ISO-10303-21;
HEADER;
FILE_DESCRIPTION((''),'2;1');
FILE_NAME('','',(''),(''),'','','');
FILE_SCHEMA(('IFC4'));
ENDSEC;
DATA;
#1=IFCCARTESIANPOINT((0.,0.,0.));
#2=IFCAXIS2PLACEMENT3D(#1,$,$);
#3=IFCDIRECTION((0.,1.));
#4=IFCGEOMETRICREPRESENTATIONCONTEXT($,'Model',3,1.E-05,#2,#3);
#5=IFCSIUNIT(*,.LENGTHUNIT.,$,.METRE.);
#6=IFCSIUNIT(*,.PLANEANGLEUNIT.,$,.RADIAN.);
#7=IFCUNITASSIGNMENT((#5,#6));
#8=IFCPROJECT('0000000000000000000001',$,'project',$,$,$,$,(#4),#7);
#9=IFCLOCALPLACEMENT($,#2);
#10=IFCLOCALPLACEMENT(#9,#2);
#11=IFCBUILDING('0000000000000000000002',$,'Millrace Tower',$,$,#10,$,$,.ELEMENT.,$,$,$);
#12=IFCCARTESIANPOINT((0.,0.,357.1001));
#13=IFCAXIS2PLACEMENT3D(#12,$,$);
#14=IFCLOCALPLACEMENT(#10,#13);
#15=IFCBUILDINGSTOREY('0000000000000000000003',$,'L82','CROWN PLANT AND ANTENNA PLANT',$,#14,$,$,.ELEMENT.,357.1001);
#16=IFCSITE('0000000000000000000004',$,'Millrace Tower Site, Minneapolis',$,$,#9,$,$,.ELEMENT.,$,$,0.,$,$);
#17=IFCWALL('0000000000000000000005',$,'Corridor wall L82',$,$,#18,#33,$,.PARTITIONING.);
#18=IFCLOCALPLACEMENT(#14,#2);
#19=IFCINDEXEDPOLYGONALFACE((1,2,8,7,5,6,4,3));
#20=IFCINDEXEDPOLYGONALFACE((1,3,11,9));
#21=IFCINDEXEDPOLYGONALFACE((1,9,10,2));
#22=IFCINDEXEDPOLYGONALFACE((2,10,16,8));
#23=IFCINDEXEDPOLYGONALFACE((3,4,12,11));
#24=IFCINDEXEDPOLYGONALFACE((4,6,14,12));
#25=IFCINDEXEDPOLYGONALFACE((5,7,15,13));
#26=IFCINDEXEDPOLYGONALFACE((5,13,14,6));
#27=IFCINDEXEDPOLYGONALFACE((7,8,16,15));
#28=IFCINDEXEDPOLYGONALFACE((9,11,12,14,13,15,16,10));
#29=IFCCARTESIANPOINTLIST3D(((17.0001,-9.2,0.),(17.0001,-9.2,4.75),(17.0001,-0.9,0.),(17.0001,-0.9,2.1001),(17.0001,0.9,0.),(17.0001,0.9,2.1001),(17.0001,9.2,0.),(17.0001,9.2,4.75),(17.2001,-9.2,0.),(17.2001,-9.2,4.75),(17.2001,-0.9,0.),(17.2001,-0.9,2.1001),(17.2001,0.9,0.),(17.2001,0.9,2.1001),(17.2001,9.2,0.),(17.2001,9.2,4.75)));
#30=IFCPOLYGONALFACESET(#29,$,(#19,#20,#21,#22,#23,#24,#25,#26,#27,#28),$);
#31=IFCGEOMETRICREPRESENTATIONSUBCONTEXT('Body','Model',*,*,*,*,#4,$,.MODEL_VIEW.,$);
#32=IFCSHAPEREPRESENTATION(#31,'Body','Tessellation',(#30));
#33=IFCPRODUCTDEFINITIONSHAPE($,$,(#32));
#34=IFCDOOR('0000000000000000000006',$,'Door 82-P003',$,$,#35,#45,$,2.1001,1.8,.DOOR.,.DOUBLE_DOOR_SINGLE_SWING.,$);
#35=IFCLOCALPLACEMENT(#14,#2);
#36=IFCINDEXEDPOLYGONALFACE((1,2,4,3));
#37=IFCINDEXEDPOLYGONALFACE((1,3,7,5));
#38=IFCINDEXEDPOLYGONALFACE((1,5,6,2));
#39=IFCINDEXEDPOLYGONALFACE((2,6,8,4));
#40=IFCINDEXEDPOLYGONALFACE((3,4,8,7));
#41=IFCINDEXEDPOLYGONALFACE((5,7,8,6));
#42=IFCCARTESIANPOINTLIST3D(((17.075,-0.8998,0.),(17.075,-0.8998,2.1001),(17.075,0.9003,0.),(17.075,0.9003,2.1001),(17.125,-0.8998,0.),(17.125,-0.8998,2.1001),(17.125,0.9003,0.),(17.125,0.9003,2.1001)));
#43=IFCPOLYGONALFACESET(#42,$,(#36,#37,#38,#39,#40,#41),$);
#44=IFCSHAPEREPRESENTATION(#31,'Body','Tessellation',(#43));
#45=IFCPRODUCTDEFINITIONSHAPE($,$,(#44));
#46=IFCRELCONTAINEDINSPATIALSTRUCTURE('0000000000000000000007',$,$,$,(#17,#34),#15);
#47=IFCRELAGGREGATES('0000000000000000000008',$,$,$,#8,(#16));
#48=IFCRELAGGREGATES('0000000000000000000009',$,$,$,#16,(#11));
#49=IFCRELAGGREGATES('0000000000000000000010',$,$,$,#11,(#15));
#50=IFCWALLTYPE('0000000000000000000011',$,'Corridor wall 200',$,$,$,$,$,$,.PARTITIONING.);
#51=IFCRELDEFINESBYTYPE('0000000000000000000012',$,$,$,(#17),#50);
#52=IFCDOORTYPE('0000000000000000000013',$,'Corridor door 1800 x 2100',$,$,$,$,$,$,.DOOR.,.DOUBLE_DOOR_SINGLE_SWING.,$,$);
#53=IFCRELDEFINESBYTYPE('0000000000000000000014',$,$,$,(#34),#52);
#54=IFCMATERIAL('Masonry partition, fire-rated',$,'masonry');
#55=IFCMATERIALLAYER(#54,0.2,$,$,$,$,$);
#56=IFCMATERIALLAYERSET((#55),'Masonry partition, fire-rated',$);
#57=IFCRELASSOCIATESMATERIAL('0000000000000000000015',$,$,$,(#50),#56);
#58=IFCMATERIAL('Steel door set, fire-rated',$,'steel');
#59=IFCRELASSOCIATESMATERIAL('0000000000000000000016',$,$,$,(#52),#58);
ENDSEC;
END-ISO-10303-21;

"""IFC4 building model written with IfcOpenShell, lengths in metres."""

from ifc_helpers import new_model, si_unit, direction, frame, frame_2d, origin, place, context, subcontext, project, spatial, rectangle, extrude, material, layer, layer_set, type_object, element, fill, save


model = new_model("IFC4")

# Units and contexts
model_context = context("Model", 3, precision=1e-05, world=origin(), true_north=direction((0.0, 1.0)))
body_context = subcontext(model_context, "Body", "Model", "MODEL_VIEW")
ifc_project = project(units=[si_unit("LENGTHUNIT", "METRE"), si_unit("PLANEANGLEUNIT", "RADIAN")], contexts=[model_context])

# Site, building, storey
site_placement = place(None, origin())
site = spatial("IfcSite", under=ifc_project, at=site_placement, Name="Millrace Tower Site, Minneapolis", CompositionType="ELEMENT", RefElevation=0.0)
building_placement = place(site_placement, origin())
building = spatial("IfcBuilding", under=site, at=building_placement, Name="Millrace Tower", CompositionType="ELEMENT")
storey_placement = place(building_placement, frame((0.0, 0.0, 357.1001)))
storey = spatial("IfcBuildingStorey", under=building, at=storey_placement, Name="L82", Description="CROWN PLANT AND ANTENNA PLANT", CompositionType="ELEMENT", Elevation=357.1001)

# Shared definitions
ifc_material_1 = material(Name="Masonry partition, fire-rated", Category="masonry")
ifc_layer_1 = layer(ifc_material_1, 0.2)
ifc_layer_set_1 = layer_set([ifc_layer_1], Name="Masonry partition, fire-rated")
wall_type_1 = type_object("IfcWallType", Name="Corridor wall 200", PredefinedType="PARTITIONING", material=ifc_layer_set_1)

# Wall, opening, door
wall_1_placement = place(storey_placement, frame((17.1001, -9.2, 0.0), z_axis=(0.0, 0.0, 1.0), x_axis=(0.0, 1.0, 0.0)))
wall_1 = element("IfcWall", 1, at=wall_1_placement, inside=storey, type_object=wall_type_1, Name="Corridor wall L82", PredefinedType="PARTITIONING", context=body_context, shape_type="SweptSolid", body=[
    extrude(rectangle(XDim=18.3999, YDim=0.2, at=frame_2d((9.2, 0.0))), origin(), (0.0, 0.0, 1.0), 4.75),
])
opening_placement = place(wall_1_placement, frame((8.3, 0.0, 0.0)))
opening = element("IfcOpeningElement", 2, at=opening_placement, cuts=wall_1, PredefinedType="OPENING", context=body_context, shape_type="SweptSolid", body=[
    extrude(rectangle(XDim=1.8, YDim=2.1001, at=frame_2d((0.8999, 1.05))), frame((0.0, 0.1099, 0.0), z_axis=(0.0, -1.0, 0.0), x_axis=(1.0, 0.0, 0.0)), (0.0, 0.0, 1.0), 0.22),
])
ifc_material_2 = material(Name="Steel door set, fire-rated", Category="steel")
door_type = type_object("IfcDoorType", Name="Corridor door 1800 x 2100", OperationType="DOUBLE_DOOR_SINGLE_SWING", PredefinedType="DOOR", material=ifc_material_2)
door_placement = place(opening_placement, frame((1.8, 0.0, 0.0), z_axis=(0.0, 0.0, 1.0), x_axis=(-1.0, 0.0, 0.0)))
door = element("IfcDoor", 3, at=door_placement, inside=storey, type_object=door_type, Name="Door 82-P003", OperationType="DOUBLE_DOOR_SINGLE_SWING", OverallHeight=2.1001, OverallWidth=1.8, PredefinedType="DOOR", context=body_context, shape_type="SweptSolid", body=[
    extrude(rectangle(XDim=1.8, YDim=2.1001, at=frame_2d((0.8999, 1.05))), frame((0.0, 0.0249, 0.0), z_axis=(0.0, -1.0, 0.0), x_axis=(1.0, 0.0, 0.0)), (0.0, 0.0, 1.0), 0.05),
])
fill(opening, door)

save(model, "model.ifc")
